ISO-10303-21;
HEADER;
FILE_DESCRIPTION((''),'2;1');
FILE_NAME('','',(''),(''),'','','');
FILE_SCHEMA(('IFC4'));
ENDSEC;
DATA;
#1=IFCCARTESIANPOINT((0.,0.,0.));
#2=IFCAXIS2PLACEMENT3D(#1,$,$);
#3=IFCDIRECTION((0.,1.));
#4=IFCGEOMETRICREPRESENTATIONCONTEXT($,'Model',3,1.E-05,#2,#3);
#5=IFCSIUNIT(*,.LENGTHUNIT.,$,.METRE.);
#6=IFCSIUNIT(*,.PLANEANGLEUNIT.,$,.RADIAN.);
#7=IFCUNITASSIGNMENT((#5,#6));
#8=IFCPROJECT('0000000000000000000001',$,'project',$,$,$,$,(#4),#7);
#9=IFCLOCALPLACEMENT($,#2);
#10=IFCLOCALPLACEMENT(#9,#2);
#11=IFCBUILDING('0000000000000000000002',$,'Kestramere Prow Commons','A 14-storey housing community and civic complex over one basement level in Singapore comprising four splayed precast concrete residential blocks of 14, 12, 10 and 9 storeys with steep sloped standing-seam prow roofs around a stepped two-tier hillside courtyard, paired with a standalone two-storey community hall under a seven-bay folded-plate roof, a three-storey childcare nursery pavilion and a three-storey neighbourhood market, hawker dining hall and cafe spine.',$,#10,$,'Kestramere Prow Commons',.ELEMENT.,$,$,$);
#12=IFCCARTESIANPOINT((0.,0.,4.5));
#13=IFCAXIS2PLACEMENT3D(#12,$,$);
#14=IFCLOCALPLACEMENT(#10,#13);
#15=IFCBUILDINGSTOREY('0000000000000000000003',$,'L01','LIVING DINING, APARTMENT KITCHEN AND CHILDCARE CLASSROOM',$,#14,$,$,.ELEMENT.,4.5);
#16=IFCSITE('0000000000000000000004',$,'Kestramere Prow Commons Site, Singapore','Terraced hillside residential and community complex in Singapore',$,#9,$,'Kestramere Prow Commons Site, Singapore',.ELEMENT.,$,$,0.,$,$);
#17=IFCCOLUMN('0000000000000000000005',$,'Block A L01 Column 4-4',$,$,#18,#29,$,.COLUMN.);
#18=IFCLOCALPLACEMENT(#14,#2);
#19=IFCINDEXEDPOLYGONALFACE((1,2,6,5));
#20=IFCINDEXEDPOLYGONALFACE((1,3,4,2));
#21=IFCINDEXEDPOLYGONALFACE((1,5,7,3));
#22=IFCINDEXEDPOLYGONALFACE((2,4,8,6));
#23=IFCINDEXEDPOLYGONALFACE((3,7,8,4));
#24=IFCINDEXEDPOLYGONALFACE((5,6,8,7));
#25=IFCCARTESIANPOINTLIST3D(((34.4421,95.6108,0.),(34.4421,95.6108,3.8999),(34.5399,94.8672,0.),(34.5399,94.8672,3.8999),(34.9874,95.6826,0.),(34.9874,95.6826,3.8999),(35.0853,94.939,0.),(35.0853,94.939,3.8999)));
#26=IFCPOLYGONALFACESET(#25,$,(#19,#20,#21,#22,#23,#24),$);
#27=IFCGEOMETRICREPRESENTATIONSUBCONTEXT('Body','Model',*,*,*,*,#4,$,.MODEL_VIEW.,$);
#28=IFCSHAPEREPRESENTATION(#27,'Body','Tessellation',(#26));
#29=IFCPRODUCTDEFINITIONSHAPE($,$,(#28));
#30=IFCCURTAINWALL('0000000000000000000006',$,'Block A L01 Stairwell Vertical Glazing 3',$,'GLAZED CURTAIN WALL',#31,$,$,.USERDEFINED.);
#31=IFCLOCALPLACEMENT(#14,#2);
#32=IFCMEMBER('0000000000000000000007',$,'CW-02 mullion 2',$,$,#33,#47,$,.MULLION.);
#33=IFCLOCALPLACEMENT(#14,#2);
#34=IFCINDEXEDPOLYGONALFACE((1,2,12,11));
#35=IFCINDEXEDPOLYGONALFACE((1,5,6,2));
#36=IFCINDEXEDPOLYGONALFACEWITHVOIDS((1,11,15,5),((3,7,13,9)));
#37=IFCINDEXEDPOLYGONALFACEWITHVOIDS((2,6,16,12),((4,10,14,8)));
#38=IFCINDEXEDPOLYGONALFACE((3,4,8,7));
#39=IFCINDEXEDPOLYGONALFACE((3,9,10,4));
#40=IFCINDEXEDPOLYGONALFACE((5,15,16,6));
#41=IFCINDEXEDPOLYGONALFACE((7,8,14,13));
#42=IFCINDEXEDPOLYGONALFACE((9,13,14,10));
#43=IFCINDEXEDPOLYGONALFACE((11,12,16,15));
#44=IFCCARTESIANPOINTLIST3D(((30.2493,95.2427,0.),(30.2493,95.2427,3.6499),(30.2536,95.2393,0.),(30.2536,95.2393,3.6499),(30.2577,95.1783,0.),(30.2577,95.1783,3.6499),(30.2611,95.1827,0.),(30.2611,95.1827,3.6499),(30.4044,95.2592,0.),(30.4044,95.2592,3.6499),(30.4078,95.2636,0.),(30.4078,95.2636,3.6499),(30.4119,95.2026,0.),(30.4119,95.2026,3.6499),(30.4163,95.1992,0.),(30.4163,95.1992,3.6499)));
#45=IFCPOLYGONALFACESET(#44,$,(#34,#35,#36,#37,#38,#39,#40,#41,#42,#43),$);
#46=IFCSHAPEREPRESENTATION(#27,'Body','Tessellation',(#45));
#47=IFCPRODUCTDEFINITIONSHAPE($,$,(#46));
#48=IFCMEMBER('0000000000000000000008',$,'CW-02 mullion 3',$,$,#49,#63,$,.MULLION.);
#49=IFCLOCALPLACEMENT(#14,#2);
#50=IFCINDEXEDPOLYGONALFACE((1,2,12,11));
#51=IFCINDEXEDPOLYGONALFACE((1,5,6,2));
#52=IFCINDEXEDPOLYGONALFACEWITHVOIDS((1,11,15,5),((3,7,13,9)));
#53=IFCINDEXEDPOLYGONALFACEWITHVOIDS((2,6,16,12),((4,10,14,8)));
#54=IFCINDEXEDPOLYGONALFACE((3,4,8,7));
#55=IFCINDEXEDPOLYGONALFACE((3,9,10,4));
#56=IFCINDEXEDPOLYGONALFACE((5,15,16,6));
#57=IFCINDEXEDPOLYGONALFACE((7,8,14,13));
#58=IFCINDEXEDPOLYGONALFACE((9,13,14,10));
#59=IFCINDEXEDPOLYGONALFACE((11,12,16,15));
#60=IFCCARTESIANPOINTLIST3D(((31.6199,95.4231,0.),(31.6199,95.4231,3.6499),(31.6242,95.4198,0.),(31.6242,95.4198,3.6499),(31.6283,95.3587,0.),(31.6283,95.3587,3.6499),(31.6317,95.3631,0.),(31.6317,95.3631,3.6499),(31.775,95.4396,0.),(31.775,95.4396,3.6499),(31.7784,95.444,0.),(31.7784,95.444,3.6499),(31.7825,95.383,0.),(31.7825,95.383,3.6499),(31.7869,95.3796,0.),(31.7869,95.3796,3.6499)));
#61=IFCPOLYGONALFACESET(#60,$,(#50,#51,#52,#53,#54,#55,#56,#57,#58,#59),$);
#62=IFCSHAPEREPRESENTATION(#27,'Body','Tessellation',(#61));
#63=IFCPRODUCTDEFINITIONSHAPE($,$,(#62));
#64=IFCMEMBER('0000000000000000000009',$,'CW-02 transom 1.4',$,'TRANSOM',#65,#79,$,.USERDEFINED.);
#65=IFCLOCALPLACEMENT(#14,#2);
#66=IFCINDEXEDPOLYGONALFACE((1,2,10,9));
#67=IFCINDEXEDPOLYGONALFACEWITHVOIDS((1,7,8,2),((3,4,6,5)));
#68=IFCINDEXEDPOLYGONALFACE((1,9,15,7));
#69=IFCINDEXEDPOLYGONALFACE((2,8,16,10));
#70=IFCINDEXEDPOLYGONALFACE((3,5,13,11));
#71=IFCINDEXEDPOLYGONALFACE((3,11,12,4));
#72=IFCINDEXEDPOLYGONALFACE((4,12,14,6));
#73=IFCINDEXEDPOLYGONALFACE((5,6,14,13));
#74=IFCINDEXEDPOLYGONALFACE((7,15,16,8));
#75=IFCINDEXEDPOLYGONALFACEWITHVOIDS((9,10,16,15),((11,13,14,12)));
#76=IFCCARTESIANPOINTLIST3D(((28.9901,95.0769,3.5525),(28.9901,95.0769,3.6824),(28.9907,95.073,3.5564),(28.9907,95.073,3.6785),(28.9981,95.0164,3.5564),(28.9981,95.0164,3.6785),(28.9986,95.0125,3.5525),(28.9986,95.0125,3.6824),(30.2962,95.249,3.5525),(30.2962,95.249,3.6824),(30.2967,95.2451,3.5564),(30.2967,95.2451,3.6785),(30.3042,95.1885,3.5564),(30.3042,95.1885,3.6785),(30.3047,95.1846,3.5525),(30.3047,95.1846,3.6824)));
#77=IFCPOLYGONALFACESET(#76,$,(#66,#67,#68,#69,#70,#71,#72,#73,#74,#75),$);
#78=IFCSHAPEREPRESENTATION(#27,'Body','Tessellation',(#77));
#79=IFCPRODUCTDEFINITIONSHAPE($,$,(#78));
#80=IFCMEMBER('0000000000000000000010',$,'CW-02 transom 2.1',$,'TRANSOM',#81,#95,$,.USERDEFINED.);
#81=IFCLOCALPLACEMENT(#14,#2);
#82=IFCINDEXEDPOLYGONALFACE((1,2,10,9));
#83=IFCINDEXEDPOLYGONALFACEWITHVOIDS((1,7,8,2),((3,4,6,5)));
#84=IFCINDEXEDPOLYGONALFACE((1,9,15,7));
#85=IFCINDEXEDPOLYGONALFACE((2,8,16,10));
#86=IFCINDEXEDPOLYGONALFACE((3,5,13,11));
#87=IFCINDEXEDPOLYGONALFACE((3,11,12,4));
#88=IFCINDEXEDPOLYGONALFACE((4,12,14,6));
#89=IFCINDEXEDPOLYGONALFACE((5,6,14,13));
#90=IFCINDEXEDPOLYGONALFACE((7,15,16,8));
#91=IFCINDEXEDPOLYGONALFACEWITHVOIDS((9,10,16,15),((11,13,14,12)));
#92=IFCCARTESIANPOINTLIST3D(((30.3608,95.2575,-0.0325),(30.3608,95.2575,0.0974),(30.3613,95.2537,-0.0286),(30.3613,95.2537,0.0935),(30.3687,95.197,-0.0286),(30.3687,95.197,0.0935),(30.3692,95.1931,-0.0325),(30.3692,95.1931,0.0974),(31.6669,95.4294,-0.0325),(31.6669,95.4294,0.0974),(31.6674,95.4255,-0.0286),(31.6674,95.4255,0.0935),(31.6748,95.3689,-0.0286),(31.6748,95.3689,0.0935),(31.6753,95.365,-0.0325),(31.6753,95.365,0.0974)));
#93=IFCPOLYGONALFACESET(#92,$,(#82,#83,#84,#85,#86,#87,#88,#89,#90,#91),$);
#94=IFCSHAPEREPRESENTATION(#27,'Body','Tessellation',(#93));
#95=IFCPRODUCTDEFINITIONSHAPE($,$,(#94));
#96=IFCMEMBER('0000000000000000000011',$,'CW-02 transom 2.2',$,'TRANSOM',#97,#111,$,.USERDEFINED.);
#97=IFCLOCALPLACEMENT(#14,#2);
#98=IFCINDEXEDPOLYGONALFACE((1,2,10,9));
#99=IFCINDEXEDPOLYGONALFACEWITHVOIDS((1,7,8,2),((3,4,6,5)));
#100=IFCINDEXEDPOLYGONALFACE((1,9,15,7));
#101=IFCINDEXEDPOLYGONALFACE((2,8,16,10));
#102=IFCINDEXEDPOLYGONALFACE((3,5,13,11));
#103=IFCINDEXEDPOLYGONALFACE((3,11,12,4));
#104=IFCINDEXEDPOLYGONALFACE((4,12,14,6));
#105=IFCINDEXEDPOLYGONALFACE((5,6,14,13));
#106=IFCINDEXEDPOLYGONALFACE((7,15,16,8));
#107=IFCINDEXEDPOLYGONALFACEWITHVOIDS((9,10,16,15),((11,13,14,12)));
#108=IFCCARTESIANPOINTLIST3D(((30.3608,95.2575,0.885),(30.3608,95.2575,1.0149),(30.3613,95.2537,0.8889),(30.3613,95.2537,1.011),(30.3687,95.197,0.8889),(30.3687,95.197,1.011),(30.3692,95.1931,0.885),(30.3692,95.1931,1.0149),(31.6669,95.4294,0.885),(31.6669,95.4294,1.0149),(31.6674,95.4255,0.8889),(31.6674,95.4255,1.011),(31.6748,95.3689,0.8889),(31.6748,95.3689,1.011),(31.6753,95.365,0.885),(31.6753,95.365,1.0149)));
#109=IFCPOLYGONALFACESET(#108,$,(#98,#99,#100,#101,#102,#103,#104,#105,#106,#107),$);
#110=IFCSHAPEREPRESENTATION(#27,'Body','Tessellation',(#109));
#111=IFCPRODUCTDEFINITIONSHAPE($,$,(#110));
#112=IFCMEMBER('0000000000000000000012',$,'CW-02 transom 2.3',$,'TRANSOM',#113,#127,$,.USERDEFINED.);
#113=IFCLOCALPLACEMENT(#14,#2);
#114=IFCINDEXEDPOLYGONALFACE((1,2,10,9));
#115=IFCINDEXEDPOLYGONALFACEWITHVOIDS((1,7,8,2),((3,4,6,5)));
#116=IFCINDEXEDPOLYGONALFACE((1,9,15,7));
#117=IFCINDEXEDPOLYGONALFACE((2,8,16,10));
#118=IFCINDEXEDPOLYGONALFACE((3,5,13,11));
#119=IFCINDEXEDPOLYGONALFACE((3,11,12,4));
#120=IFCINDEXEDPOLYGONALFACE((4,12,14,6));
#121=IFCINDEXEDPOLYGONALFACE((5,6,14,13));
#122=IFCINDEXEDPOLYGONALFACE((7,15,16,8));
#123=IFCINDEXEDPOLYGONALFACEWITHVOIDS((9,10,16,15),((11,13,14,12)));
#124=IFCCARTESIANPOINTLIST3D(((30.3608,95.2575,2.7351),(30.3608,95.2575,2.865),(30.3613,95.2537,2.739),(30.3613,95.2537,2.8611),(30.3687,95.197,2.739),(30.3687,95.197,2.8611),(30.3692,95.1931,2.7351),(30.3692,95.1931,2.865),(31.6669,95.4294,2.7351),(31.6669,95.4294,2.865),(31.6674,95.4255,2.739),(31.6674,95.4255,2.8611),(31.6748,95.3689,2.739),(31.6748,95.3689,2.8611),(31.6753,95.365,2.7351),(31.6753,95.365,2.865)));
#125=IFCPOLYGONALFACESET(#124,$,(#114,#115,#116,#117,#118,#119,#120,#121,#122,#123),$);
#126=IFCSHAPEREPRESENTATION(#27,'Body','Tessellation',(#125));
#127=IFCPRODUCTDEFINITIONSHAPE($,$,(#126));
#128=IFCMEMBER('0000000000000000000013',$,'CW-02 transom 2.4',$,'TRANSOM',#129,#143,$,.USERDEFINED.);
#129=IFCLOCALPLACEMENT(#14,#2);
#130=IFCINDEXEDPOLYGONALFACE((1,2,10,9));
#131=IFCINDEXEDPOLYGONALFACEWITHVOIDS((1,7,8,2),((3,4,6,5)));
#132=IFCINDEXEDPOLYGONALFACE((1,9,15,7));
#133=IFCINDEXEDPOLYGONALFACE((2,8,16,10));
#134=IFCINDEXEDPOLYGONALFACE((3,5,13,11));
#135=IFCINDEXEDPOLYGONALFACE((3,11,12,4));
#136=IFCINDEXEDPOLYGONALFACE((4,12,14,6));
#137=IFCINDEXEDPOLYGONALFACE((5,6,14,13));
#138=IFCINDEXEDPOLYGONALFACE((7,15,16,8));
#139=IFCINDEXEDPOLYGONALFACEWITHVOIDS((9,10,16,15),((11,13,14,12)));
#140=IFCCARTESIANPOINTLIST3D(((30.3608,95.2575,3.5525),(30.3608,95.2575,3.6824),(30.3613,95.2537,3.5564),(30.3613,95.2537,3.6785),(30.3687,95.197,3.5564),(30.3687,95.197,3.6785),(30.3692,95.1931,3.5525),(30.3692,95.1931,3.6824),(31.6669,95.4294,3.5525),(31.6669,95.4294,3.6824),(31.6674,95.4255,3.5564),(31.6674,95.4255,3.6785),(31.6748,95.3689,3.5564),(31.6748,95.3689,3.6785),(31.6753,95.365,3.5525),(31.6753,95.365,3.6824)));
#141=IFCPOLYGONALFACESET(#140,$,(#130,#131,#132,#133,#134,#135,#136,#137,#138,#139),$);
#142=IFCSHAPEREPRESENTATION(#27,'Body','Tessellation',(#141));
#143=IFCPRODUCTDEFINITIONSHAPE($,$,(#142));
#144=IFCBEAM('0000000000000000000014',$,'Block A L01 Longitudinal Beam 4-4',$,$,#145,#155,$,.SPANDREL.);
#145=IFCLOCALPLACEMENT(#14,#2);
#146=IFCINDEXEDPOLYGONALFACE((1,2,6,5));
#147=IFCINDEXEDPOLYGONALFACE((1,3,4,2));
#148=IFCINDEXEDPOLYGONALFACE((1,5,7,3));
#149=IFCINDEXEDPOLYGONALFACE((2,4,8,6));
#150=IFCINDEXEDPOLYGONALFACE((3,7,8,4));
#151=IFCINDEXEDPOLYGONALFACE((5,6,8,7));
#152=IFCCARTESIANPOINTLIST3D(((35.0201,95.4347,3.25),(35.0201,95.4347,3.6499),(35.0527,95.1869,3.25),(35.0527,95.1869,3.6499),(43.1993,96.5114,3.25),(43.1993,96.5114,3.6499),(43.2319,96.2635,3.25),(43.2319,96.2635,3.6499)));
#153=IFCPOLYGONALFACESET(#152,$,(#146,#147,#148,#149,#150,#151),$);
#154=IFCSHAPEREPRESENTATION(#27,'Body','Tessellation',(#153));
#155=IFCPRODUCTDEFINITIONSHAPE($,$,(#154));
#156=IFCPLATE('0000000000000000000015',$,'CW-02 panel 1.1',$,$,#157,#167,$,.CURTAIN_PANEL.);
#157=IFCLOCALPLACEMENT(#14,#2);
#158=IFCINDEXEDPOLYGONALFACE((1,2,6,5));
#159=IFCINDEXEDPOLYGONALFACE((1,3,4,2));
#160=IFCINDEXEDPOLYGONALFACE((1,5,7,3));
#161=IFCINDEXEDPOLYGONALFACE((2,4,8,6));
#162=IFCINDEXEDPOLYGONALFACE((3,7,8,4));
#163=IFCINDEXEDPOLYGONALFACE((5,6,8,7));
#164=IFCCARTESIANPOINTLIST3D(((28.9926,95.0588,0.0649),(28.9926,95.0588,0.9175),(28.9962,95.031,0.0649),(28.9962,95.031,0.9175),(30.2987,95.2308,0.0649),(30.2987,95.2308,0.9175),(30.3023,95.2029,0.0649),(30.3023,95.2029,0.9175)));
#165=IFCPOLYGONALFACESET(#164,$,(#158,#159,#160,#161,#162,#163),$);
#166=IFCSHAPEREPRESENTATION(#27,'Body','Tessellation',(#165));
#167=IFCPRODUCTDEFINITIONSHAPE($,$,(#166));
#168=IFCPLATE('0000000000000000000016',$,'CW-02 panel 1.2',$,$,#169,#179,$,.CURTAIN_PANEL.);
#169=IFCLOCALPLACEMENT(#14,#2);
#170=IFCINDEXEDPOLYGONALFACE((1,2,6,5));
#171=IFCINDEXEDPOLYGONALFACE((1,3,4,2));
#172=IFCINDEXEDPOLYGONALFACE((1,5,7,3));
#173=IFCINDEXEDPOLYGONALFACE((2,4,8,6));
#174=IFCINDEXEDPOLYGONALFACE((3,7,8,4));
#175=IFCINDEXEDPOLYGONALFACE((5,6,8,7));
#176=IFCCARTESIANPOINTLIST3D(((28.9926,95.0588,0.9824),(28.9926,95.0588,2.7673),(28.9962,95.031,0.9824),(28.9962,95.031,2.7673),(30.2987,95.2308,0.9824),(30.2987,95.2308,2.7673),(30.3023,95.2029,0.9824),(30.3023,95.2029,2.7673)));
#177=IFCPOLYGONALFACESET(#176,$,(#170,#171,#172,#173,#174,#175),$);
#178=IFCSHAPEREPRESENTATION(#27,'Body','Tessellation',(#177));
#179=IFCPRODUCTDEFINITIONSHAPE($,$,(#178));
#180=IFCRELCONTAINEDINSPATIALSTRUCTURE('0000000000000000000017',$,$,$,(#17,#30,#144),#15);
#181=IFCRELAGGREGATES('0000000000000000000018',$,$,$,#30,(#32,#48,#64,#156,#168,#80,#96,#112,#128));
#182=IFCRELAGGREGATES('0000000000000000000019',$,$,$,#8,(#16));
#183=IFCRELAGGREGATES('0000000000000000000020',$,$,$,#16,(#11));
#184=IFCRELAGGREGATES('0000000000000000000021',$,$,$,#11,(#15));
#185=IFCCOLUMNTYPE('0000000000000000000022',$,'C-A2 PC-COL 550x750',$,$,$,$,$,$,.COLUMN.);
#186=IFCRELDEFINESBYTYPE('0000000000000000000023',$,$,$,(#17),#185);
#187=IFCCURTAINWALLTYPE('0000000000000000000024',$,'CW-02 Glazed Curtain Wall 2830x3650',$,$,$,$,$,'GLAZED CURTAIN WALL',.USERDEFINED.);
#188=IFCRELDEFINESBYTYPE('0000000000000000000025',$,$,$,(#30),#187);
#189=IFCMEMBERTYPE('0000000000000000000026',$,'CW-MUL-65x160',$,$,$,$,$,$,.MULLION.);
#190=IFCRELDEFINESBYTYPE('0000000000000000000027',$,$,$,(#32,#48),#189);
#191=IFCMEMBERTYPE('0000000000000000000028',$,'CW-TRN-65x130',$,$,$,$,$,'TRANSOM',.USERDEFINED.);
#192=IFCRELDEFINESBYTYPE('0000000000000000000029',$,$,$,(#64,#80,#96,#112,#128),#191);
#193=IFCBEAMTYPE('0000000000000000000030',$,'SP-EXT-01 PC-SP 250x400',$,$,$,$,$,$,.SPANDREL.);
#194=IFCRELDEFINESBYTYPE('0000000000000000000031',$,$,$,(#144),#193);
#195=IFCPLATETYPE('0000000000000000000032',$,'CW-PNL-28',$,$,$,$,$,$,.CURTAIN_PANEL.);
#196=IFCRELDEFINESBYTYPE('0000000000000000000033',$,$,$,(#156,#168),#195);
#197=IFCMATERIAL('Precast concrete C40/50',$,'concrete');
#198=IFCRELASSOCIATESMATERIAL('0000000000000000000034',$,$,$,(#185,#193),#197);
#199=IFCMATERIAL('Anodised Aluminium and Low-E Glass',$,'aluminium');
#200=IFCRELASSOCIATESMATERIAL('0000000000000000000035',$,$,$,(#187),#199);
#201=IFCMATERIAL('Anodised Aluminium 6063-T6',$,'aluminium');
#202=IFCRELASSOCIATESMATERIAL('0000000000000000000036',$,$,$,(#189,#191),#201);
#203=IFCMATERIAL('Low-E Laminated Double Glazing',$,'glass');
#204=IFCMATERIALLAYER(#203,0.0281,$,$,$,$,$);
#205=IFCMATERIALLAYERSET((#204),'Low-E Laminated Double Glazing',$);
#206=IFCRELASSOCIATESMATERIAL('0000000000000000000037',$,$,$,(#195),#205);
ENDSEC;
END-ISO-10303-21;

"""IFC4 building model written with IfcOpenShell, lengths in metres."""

from ifc_helpers import new_model, si_unit, direction, frame, origin, origin_2d, place, context, subcontext, project, spatial, rectangle, hollow_rectangle, extrude, material, layer, layer_set, material_profile, profile_set, type_object, element, aggregate, save


model = new_model("IFC4")

# Units and contexts
model_context = context("Model", 3, precision=1e-05, world=origin(), true_north=direction((0.0, 1.0)))
body_context = subcontext(model_context, "Body", "Model", "MODEL_VIEW")
ifc_project = project(units=[si_unit("LENGTHUNIT", "METRE"), si_unit("PLANEANGLEUNIT", "RADIAN")], contexts=[model_context])

# Site, building, storey
site_placement = place(None, origin())
site = spatial("IfcSite", under=ifc_project, at=site_placement, Name="Kestramere Prow Commons Site, Singapore", Description="Terraced hillside residential and community complex in Singapore", LongName="Kestramere Prow Commons Site, Singapore", CompositionType="ELEMENT", RefElevation=0.0)
building_placement = place(site_placement, origin())
building = spatial("IfcBuilding", under=site, at=building_placement, Name="Kestramere Prow Commons", Description="A 14-storey housing community and civic complex over one basement level in Singapore comprising four splayed precast concrete residential blocks of 14, 12, 10 and 9 storeys with steep sloped standing-seam prow roofs around a stepped two-tier hillside courtyard, paired with a standalone two-storey community hall under a seven-bay folded-plate roof, a three-storey childcare nursery pavilion and a three-storey neighbourhood market, hawker dining hall and cafe spine.", LongName="Kestramere Prow Commons", CompositionType="ELEMENT")
storey_placement = place(building_placement, frame((0.0, 0.0, 4.5)))
storey = spatial("IfcBuildingStorey", under=building, at=storey_placement, Name="L01", Description="LIVING DINING, APARTMENT KITCHEN AND CHILDCARE CLASSROOM", CompositionType="ELEMENT", Elevation=4.5)

# Column
ifc_material_1 = material(Name="Precast concrete C40/50", Category="concrete")
ifc_material_profile_1 = material_profile(ifc_material_1, rectangle(XDim=0.55, YDim=0.75, at=origin_2d()), Name="PC-COL 550x750")
ifc_profile_set_1 = profile_set([ifc_material_profile_1], Name="Precast concrete C40/50")
column_type = type_object("IfcColumnType", Name="C-A2 PC-COL 550x750", PredefinedType="COLUMN", material=ifc_profile_set_1)
column_placement = place(storey_placement, frame((34.7637, 95.2749, 0.0), z_axis=(0.0, 0.0, 1.0), x_axis=(0.991445, 0.130526, 0.0)))
element("IfcColumn", 1, at=column_placement, inside=storey, type_object=column_type, Name="Block A L01 Column 4-4", PredefinedType="COLUMN", context=body_context, shape_type="SweptSolid", body=[
    extrude(rectangle(XDim=0.55, YDim=0.75, at=origin_2d()), origin(), (0.0, 0.0, 1.0), 3.8999),
])

# Curtain wall, members
ifc_material_2 = material(Name="Anodised Aluminium and Low-E Glass", Category="aluminium")
curtain_wall_type = type_object("IfcCurtainWallType", Name="CW-02 Glazed Curtain Wall 2830x3650", ElementType="GLAZED CURTAIN WALL", PredefinedType="USERDEFINED", material=ifc_material_2)
curtain_wall_placement = place(storey_placement, origin())
curtain_wall = element("IfcCurtainWall", 2, at=curtain_wall_placement, inside=storey, type_object=curtain_wall_type, Name="Block A L01 Stairwell Vertical Glazing 3", ObjectType="GLAZED CURTAIN WALL", PredefinedType="USERDEFINED")
ifc_material_3 = material(Name="Anodised Aluminium 6063-T6", Category="aluminium")
ifc_material_profile_2 = material_profile(ifc_material_3, hollow_rectangle(XDim=0.0649, YDim=0.1599, WallThickness=0.0039, at=origin_2d()), Name="ALU-MUL 65x160")
ifc_profile_set_2 = profile_set([ifc_material_profile_2], Name="Anodised Aluminium 6063-T6")
member_type_1 = type_object("IfcMemberType", Name="CW-MUL-65x160", PredefinedType="MULLION", material=ifc_profile_set_2)
member_1_placement = place(storey_placement, frame((30.3328, 95.2209, 0.0), z_axis=(0.0, 0.0, 1.0), x_axis=(-0.130526, 0.991445, 0.0)))
member_1 = element("IfcMember", 3, at=member_1_placement, type_object=member_type_1, Name="CW-02 mullion 2", PredefinedType="MULLION", context=body_context, shape_type="SweptSolid", body=[
    extrude(hollow_rectangle(XDim=0.0649, YDim=0.1599, WallThickness=0.0039, at=origin_2d()), origin(), (0.0, 0.0, 1.0), 3.6499),
])
member_2_placement = place(storey_placement, frame((31.7034, 95.4014, 0.0), z_axis=(0.0, 0.0, 1.0), x_axis=(-0.130526, 0.991445, 0.0)))
member_2 = element("IfcMember", 4, at=member_2_placement, type_object=member_type_1, Name="CW-02 mullion 3", PredefinedType="MULLION", context=body_context, shape_type="SweptSolid", body=[
    extrude(hollow_rectangle(XDim=0.0649, YDim=0.1599, WallThickness=0.0039, at=origin_2d()), origin(), (0.0, 0.0, 1.0), 3.6499),
])
ifc_material_profile_3 = material_profile(ifc_material_3, hollow_rectangle(XDim=0.0649, YDim=0.1299, WallThickness=0.0039, at=origin_2d()), Name="ALU-TRN 65x130")
ifc_profile_set_3 = profile_set([ifc_material_profile_3], Name="Anodised Aluminium 6063-T6")
member_type_2 = type_object("IfcMemberType", Name="CW-TRN-65x130", ElementType="TRANSOM", PredefinedType="USERDEFINED", material=ifc_profile_set_3)
member_3_placement = place(storey_placement, frame((28.9944, 95.0447, 3.6174), z_axis=(0.991429, 0.130646, 0.0), x_axis=(-0.130646, 0.991429, 0.0)))
member_3 = element("IfcMember", 5, at=member_3_placement, type_object=member_type_2, Name="CW-02 transom 1.4", ObjectType="TRANSOM", PredefinedType="USERDEFINED", context=body_context, shape_type="SweptSolid", body=[
    extrude(hollow_rectangle(XDim=0.0649, YDim=0.1299, WallThickness=0.0039, at=origin_2d()), origin(), (0.0, 0.0, 1.0), 1.3174),
])
member_4_placement = place(storey_placement, frame((30.365, 95.2253, 0.0325), z_axis=(0.991453, 0.130464, 0.0), x_axis=(-0.130464, 0.991453, 0.0)))
member_4 = element("IfcMember", 6, at=member_4_placement, type_object=member_type_2, Name="CW-02 transom 2.1", ObjectType="TRANSOM", PredefinedType="USERDEFINED", context=body_context, shape_type="SweptSolid", body=[
    extrude(hollow_rectangle(XDim=0.0649, YDim=0.1299, WallThickness=0.0039, at=origin_2d()), origin(), (0.0, 0.0, 1.0), 1.3174),
])
member_5_placement = place(storey_placement, frame((30.365, 95.2253, 0.95), z_axis=(0.991453, 0.130464, 0.0), x_axis=(-0.130464, 0.991453, 0.0)))
member_5 = element("IfcMember", 7, at=member_5_placement, type_object=member_type_2, Name="CW-02 transom 2.2", ObjectType="TRANSOM", PredefinedType="USERDEFINED", context=body_context, shape_type="SweptSolid", body=[
    extrude(hollow_rectangle(XDim=0.0649, YDim=0.1299, WallThickness=0.0039, at=origin_2d()), origin(), (0.0, 0.0, 1.0), 1.3174),
])
member_6_placement = place(storey_placement, frame((30.365, 95.2253, 2.8), z_axis=(0.991453, 0.130464, 0.0), x_axis=(-0.130464, 0.991453, 0.0)))
member_6 = element("IfcMember", 8, at=member_6_placement, type_object=member_type_2, Name="CW-02 transom 2.3", ObjectType="TRANSOM", PredefinedType="USERDEFINED", context=body_context, shape_type="SweptSolid", body=[
    extrude(hollow_rectangle(XDim=0.0649, YDim=0.1299, WallThickness=0.0039, at=origin_2d()), origin(), (0.0, 0.0, 1.0), 1.3174),
])
member_7_placement = place(storey_placement, frame((30.365, 95.2253, 3.6174), z_axis=(0.991453, 0.130464, 0.0), x_axis=(-0.130464, 0.991453, 0.0)))
member_7 = element("IfcMember", 9, at=member_7_placement, type_object=member_type_2, Name="CW-02 transom 2.4", ObjectType="TRANSOM", PredefinedType="USERDEFINED", context=body_context, shape_type="SweptSolid", body=[
    extrude(hollow_rectangle(XDim=0.0649, YDim=0.1299, WallThickness=0.0039, at=origin_2d()), origin(), (0.0, 0.0, 1.0), 1.3174),
])

# Beam
ifc_material_profile_4 = material_profile(ifc_material_1, rectangle(XDim=0.25, YDim=0.3999, at=origin_2d()), Name="PC-SP 250x400")
ifc_profile_set_4 = profile_set([ifc_material_profile_4], Name="Precast concrete C40/50")
beam_type = type_object("IfcBeamType", Name="SP-EXT-01 PC-SP 250x400", PredefinedType="SPANDREL", material=ifc_profile_set_4)
beam_placement = place(storey_placement, frame((35.0364, 95.3108, 3.45), z_axis=(0.991447, 0.130508, 0.0), x_axis=(-0.130508, 0.991447, 0.0)))
element("IfcBeam", 10, at=beam_placement, inside=storey, type_object=beam_type, Name="Block A L01 Longitudinal Beam 4-4", PredefinedType="SPANDREL", context=body_context, shape_type="SweptSolid", body=[
    extrude(rectangle(XDim=0.25, YDim=0.3999, at=origin_2d()), origin(), (0.0, 0.0, 1.0), 8.2498),
])

# Plates
ifc_material_4 = material(Name="Low-E Laminated Double Glazing", Category="glass")
ifc_layer_1 = layer(ifc_material_4, 0.0281)
ifc_layer_set_1 = layer_set([ifc_layer_1], Name="Low-E Laminated Double Glazing")
plate_type = type_object("IfcPlateType", Name="CW-PNL-28", PredefinedType="CURTAIN_PANEL", material=ifc_layer_set_1)
plate_1_placement = place(storey_placement, frame((29.6475, 95.1309, 0.0649), z_axis=(0.0, 0.0, 1.0), x_axis=(0.991445, 0.130526, 0.0)))
plate_1 = element("IfcPlate", 11, at=plate_1_placement, type_object=plate_type, Name="CW-02 panel 1.1", PredefinedType="CURTAIN_PANEL", context=body_context, shape_type="SweptSolid", body=[
    extrude(rectangle(XDim=1.3174, YDim=0.0281, at=origin_2d()), origin(), (0.0, 0.0, 1.0), 0.8525),
])
plate_2_placement = place(storey_placement, frame((29.6475, 95.1309, 0.9824), z_axis=(0.0, 0.0, 1.0), x_axis=(0.991445, 0.130526, 0.0)))
plate_2 = element("IfcPlate", 12, at=plate_2_placement, type_object=plate_type, Name="CW-02 panel 1.2", PredefinedType="CURTAIN_PANEL", context=body_context, shape_type="SweptSolid", body=[
    extrude(rectangle(XDim=1.3174, YDim=0.0281, at=origin_2d()), origin(), (0.0, 0.0, 1.0), 1.7849),
])
aggregate(curtain_wall, [member_1, member_2, member_3, plate_1, plate_2, member_4, member_5, member_6, member_7])

save(model, "model.ifc")
